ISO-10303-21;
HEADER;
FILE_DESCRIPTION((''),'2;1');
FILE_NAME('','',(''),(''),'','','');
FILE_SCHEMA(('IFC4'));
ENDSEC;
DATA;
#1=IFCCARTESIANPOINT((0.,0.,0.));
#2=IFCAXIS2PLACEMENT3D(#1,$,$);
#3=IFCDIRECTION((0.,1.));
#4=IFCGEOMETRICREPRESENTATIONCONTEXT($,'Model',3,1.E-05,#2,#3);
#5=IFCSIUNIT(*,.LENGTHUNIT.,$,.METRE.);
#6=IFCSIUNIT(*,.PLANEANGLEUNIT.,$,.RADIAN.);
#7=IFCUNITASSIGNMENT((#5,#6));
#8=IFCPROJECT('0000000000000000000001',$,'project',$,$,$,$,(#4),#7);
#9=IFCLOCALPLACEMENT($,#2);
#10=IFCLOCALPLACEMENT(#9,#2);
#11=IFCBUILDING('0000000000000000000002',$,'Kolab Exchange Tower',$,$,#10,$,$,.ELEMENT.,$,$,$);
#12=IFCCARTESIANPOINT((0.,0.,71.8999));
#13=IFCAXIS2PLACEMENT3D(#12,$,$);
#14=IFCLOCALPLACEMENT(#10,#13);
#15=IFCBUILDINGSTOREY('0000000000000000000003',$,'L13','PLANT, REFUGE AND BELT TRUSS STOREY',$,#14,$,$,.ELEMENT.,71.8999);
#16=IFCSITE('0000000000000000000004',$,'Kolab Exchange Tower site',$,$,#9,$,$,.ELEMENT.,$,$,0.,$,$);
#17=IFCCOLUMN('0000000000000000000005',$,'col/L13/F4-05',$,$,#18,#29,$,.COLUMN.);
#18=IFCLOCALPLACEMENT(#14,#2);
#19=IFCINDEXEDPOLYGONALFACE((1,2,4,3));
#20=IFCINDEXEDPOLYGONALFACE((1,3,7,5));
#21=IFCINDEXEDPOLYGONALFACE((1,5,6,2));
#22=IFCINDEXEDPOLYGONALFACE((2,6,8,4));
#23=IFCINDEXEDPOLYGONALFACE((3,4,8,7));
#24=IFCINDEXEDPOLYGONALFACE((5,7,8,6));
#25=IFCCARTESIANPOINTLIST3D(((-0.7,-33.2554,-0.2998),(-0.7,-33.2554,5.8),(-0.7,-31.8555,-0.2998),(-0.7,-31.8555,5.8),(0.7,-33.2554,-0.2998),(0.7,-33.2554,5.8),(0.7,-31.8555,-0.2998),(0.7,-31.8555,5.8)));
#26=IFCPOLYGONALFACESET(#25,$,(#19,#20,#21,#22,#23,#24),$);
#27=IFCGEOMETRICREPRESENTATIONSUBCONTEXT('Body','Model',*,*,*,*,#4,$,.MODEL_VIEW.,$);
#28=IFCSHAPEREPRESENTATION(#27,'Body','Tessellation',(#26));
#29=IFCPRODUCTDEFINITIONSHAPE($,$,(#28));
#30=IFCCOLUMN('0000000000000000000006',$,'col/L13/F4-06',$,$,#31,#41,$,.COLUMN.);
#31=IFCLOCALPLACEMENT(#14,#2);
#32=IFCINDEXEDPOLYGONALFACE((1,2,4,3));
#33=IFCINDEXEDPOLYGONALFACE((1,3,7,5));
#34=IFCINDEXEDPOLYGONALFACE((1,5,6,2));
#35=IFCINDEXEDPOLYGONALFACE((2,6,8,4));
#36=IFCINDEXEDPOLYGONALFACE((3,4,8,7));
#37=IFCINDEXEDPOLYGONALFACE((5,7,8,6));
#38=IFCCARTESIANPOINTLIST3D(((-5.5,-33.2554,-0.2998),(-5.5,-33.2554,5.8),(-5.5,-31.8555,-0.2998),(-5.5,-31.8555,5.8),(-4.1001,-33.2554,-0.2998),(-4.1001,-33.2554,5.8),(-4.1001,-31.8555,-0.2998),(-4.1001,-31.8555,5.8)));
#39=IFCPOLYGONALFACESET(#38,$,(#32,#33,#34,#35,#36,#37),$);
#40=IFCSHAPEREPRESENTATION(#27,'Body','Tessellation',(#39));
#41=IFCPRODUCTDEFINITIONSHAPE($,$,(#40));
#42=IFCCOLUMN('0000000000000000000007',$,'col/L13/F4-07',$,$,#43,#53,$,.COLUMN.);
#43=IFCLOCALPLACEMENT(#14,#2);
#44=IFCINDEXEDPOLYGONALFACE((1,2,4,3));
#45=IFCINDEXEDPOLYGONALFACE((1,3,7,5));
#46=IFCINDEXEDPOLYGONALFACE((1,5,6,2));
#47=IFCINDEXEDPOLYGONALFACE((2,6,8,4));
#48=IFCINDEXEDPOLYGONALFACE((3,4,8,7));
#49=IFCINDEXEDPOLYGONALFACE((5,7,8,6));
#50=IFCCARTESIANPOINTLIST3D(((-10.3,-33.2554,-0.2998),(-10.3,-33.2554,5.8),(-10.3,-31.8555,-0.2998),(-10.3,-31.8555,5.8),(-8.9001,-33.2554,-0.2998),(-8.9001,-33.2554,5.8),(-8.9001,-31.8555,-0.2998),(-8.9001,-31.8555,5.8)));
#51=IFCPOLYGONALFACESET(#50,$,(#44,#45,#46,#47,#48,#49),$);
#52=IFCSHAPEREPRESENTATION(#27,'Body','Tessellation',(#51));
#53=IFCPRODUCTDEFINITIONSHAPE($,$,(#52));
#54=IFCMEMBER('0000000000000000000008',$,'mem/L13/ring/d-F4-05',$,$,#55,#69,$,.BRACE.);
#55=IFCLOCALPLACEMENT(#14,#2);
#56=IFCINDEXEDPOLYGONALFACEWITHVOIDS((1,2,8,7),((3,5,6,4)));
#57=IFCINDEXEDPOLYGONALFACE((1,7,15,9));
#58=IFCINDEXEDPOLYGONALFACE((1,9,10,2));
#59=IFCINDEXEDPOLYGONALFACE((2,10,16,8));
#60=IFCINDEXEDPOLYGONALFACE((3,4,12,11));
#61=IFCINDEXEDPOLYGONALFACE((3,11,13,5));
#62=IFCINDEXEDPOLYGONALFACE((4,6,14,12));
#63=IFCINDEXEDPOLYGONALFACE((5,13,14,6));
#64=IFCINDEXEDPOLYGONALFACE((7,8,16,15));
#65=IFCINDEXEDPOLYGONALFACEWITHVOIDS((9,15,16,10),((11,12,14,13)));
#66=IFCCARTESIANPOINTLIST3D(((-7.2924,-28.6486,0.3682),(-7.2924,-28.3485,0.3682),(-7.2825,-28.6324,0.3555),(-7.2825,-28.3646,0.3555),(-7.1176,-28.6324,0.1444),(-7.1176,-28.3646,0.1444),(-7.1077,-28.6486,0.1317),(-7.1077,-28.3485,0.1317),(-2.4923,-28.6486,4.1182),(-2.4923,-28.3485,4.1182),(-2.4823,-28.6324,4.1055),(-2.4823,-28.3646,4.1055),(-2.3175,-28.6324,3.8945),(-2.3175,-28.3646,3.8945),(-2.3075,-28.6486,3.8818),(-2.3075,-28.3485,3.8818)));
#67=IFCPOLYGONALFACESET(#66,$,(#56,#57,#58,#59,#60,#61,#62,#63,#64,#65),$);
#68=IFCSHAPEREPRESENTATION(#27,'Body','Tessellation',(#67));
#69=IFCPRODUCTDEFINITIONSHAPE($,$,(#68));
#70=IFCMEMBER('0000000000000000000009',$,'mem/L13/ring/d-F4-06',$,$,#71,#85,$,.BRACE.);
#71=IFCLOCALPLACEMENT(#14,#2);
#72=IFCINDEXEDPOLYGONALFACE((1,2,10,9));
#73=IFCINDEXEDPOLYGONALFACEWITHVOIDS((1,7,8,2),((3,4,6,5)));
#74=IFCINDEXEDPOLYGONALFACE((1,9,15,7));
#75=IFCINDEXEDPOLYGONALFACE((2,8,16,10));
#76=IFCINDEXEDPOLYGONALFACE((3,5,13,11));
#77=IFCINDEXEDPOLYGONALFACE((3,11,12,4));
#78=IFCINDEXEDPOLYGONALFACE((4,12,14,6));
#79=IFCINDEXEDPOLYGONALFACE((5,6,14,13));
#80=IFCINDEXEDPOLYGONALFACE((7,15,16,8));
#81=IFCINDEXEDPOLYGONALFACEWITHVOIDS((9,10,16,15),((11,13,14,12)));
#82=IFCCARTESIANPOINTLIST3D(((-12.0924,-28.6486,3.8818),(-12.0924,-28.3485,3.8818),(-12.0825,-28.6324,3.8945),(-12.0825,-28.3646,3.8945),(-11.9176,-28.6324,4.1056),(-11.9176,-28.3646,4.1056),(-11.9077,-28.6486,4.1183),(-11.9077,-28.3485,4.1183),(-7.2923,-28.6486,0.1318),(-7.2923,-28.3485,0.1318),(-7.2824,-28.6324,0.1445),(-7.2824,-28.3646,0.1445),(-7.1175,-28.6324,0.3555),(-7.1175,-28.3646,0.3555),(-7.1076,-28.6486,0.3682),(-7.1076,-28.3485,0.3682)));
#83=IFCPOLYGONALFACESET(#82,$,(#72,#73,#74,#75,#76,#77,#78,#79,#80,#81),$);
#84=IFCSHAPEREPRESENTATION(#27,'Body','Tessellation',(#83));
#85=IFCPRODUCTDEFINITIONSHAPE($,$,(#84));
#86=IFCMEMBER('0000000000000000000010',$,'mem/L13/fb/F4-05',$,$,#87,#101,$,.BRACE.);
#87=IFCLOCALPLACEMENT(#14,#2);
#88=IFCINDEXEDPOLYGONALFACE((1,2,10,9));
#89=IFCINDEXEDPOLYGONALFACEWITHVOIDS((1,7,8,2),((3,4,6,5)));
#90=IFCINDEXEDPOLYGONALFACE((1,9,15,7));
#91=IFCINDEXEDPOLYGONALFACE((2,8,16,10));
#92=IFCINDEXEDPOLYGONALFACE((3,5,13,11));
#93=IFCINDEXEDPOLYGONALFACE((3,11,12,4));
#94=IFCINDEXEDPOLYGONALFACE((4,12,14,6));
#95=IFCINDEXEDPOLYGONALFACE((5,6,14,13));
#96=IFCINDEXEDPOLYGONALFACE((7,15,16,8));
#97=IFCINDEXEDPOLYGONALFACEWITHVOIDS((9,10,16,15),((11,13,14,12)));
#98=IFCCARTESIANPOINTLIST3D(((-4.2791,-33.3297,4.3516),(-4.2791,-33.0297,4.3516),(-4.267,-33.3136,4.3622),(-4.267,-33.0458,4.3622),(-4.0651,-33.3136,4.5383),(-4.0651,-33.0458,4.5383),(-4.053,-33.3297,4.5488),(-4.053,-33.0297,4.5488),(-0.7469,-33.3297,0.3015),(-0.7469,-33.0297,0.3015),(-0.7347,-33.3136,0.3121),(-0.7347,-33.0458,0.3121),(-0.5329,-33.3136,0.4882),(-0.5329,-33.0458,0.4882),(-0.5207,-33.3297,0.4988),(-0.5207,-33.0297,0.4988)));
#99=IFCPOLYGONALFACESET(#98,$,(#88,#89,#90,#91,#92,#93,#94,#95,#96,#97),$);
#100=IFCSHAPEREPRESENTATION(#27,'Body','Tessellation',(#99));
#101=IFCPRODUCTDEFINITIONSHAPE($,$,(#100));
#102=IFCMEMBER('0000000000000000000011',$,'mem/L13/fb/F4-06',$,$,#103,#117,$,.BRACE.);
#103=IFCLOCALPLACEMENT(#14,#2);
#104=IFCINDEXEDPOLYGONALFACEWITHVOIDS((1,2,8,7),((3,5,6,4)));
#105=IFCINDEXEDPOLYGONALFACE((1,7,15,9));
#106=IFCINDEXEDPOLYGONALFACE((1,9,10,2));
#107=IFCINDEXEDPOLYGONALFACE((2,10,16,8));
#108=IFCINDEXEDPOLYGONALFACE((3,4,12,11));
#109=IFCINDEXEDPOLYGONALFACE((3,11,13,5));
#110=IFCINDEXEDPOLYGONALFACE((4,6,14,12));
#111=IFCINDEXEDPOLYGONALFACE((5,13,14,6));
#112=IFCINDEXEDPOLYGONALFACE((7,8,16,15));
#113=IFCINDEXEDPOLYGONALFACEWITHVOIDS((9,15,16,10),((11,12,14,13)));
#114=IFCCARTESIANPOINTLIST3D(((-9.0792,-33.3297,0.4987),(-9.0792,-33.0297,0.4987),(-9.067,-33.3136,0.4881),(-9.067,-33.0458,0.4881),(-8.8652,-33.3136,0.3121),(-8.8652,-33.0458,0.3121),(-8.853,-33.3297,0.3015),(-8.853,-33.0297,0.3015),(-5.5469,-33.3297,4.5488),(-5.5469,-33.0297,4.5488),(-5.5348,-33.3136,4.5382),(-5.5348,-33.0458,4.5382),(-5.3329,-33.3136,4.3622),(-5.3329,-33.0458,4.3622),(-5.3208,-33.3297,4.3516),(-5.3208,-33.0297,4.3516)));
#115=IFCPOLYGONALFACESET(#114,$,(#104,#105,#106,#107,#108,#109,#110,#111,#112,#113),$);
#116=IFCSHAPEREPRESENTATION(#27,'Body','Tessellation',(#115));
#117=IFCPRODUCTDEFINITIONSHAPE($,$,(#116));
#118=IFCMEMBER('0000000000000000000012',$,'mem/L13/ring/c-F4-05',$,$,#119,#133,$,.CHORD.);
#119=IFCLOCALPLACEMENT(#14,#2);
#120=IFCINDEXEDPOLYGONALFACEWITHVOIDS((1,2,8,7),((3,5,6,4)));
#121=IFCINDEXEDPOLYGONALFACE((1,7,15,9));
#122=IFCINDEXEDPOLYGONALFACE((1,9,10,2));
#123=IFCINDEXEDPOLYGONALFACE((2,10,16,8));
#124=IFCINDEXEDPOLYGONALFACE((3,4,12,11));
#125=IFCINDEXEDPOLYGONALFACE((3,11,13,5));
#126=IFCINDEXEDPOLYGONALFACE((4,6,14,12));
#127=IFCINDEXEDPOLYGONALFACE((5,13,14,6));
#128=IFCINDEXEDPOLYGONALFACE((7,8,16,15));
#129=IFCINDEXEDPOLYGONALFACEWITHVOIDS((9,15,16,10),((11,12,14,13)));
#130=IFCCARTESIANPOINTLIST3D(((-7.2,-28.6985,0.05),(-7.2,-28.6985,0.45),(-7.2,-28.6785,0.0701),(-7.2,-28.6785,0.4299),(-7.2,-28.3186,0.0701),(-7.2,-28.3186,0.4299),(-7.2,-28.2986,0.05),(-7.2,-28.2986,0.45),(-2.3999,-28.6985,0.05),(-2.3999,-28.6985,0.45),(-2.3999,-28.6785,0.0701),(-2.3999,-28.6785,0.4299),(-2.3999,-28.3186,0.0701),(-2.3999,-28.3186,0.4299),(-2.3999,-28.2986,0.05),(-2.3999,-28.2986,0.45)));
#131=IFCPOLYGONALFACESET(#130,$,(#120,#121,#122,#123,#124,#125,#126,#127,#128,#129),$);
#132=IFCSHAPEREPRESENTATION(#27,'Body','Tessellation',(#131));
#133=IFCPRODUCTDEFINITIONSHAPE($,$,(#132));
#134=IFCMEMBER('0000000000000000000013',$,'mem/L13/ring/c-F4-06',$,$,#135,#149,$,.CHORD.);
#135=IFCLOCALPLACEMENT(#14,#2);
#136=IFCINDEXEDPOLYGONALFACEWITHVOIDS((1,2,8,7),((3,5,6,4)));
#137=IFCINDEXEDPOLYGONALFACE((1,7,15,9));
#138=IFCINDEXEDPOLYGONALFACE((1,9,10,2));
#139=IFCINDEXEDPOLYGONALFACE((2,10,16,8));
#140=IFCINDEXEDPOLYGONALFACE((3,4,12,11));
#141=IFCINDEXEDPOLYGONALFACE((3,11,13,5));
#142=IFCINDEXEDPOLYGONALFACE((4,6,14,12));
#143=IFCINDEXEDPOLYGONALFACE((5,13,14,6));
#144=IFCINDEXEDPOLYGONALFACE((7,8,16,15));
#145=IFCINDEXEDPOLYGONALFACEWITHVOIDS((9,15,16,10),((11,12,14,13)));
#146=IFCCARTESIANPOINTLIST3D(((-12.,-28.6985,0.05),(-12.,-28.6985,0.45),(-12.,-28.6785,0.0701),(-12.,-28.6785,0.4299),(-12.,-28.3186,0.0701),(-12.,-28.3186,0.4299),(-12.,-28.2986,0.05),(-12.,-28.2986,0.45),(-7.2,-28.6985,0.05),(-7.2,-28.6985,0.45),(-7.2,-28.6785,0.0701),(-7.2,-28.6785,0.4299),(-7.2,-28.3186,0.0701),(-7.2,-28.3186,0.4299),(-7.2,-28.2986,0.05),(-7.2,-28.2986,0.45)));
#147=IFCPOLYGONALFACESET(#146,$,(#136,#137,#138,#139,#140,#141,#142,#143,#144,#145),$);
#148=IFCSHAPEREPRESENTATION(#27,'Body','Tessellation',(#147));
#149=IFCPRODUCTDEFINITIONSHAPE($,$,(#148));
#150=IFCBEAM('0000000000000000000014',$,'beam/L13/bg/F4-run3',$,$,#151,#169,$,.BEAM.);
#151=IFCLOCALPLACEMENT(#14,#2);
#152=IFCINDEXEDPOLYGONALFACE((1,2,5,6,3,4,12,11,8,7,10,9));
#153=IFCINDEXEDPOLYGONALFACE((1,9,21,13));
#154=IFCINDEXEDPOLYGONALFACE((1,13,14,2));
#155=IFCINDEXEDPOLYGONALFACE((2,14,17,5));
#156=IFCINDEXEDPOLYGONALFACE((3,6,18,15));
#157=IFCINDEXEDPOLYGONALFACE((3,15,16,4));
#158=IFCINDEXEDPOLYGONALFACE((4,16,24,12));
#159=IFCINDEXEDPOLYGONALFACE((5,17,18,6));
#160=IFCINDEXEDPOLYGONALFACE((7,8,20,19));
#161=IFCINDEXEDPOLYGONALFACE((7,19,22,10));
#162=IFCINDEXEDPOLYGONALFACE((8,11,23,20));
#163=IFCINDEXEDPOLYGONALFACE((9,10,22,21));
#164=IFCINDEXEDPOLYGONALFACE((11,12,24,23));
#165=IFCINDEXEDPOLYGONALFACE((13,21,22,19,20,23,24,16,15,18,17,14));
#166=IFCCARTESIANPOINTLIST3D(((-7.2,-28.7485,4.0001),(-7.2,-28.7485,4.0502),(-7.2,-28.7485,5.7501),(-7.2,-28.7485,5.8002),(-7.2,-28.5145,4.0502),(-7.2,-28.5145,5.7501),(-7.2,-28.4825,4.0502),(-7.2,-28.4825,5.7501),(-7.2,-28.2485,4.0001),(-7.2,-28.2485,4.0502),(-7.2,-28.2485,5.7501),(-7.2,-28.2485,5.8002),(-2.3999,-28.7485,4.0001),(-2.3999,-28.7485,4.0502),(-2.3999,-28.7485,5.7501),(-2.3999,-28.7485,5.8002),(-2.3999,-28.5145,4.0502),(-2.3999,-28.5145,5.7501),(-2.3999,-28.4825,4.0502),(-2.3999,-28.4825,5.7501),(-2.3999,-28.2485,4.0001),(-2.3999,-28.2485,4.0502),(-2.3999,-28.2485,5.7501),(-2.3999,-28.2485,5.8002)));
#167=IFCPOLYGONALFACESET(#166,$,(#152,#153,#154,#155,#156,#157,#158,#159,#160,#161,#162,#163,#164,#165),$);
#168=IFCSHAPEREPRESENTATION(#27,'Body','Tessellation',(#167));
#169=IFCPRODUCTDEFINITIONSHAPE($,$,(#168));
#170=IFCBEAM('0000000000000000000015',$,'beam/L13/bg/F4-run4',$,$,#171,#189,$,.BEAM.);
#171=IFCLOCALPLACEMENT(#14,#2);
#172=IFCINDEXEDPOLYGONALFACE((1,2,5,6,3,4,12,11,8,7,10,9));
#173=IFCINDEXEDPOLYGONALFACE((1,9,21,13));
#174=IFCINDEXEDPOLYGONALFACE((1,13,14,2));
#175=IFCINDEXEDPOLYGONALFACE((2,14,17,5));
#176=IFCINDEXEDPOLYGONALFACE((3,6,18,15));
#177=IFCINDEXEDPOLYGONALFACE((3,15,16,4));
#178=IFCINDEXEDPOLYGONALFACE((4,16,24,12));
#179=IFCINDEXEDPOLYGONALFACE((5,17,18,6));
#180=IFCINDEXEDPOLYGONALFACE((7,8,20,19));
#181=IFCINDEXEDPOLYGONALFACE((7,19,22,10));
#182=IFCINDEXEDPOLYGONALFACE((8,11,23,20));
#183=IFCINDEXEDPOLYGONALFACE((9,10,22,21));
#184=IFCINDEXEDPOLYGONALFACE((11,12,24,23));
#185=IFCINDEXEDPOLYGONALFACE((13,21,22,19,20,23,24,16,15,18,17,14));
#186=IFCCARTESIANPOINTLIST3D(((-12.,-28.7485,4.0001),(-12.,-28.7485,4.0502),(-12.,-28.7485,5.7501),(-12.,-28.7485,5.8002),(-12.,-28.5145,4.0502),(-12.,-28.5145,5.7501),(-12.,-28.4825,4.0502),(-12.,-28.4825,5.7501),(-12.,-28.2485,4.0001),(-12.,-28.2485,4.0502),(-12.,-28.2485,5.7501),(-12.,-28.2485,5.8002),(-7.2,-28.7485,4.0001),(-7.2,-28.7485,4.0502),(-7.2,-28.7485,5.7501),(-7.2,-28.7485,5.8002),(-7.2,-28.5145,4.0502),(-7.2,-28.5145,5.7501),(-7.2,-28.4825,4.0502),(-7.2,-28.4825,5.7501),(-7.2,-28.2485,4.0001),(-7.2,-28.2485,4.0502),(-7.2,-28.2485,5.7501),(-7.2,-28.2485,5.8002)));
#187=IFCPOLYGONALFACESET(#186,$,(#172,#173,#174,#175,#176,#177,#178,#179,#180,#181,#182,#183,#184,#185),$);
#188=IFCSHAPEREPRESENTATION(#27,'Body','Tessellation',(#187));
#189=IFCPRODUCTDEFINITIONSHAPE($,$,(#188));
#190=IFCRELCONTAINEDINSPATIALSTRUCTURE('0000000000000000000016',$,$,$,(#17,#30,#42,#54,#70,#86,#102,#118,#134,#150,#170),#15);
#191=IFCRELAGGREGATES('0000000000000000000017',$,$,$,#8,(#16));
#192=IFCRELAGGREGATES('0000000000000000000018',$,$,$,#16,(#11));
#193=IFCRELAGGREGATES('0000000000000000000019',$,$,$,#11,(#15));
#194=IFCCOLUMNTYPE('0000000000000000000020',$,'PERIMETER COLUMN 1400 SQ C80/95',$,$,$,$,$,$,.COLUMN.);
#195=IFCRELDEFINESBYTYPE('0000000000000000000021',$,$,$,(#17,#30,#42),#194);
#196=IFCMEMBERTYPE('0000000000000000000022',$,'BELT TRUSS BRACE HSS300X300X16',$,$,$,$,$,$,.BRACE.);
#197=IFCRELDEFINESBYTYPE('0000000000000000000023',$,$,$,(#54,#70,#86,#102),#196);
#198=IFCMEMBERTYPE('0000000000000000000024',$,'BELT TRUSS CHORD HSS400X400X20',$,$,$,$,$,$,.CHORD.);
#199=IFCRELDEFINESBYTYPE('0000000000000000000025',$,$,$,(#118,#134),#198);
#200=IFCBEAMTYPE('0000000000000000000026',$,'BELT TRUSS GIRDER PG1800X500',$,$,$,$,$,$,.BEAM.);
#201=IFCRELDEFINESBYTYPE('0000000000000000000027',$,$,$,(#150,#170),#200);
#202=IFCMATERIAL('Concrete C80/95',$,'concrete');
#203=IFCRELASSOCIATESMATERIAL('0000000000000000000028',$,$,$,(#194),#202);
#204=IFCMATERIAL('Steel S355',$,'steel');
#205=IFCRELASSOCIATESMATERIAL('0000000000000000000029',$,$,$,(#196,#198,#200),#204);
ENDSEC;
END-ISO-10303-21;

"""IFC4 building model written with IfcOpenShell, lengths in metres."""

from ifc_helpers import new_model, si_unit, direction, frame, origin, origin_2d, place, context, subcontext, project, spatial, rectangle, hollow_rectangle, i_section, extrude, material, material_profile, profile_set, type_object, element, save


model = new_model("IFC4")

# Units and contexts
model_context = context("Model", 3, precision=1e-05, world=origin(), true_north=direction((0.0, 1.0)))
body_context = subcontext(model_context, "Body", "Model", "MODEL_VIEW")
ifc_project = project(units=[si_unit("LENGTHUNIT", "METRE"), si_unit("PLANEANGLEUNIT", "RADIAN")], contexts=[model_context])

# Site, building, storey
site_placement = place(None, origin())
site = spatial("IfcSite", under=ifc_project, at=site_placement, Name="Kolab Exchange Tower site", CompositionType="ELEMENT", RefElevation=0.0)
building_placement = place(site_placement, origin())
building = spatial("IfcBuilding", under=site, at=building_placement, Name="Kolab Exchange Tower", CompositionType="ELEMENT")
storey_placement = place(building_placement, frame((0.0, 0.0, 71.8999)))
storey = spatial("IfcBuildingStorey", under=building, at=storey_placement, Name="L13", Description="PLANT, REFUGE AND BELT TRUSS STOREY", CompositionType="ELEMENT", Elevation=71.8999)

# Columns
ifc_material_1 = material(Name="Concrete C80/95", Category="concrete")
ifc_material_profile_1 = material_profile(ifc_material_1, rectangle(XDim=1.3999, YDim=1.3999, at=origin_2d()), Name="RC1400")
ifc_profile_set_1 = profile_set([ifc_material_profile_1], Name="Concrete C80/95")
column_type = type_object("IfcColumnType", Name="PERIMETER COLUMN 1400 SQ C80/95", PredefinedType="COLUMN", material=ifc_profile_set_1)
for number, where, z_axis, x_axis, name in (
    (1, (0.0, -32.5554, -0.2998), (0.0, 0.0, 1.0), (1.0, 0.0, 0.0), "col/L13/F4-05"),
    (2, (-4.8, -32.5554, -0.2998), (0.0, 0.0, 1.0), (1.0, 0.0, 0.0), "col/L13/F4-06"),
    (3, (-9.6001, -32.5554, -0.2998), (0.0, 0.0, 1.0), (1.0, 0.0, 0.0), "col/L13/F4-07"),
):
    element("IfcColumn", number, at=place(storey_placement, frame(where, z_axis=z_axis, x_axis=x_axis)), inside=storey, type_object=column_type, Name=name, PredefinedType="COLUMN", context=body_context, shape_type="SweptSolid", body=[
        extrude(rectangle(XDim=1.3999, YDim=1.3999, at=origin_2d()), origin(), (0.0, 0.0, 1.0), 6.0999),
    ])

# Members
ifc_material_2 = material(Name="Steel S355", Category="steel")
ifc_material_profile_2 = material_profile(ifc_material_2, hollow_rectangle(XDim=0.3, YDim=0.3, WallThickness=0.0161, at=origin_2d()), Name="HSS300X300X16")
ifc_profile_set_2 = profile_set([ifc_material_profile_2], Name="Steel S355")
member_type_1 = type_object("IfcMemberType", Name="BELT TRUSS BRACE HSS300X300X16", PredefinedType="BRACE", material=ifc_profile_set_2)
for number, where, z_axis, x_axis, name in (
    (4, (-2.3999, -28.4985, 4.0), (-0.788027, 0.0, -0.61564), (0.0, -1.0, 0.0), "mem/L13/ring/d-F4-05"),
    (5, (-7.2, -28.4985, 0.25), (-0.788027, 0.0, 0.61564), (0.0, -1.0, 0.0), "mem/L13/ring/d-F4-06"),
):
    element("IfcMember", number, at=place(storey_placement, frame(where, z_axis=z_axis, x_axis=x_axis)), inside=storey, type_object=member_type_1, Name=name, PredefinedType="BRACE", context=body_context, shape_type="SweptSolid", body=[
        extrude(hollow_rectangle(XDim=0.3, YDim=0.3, WallThickness=0.0161, at=origin_2d()), origin(), (0.0, 0.0, 1.0), 6.0913),
    ])
for number, where, z_axis, x_axis, name in (
    (6, (-0.6338, -33.1797, 0.4001), (-0.657285, 0.0, 0.753642), (0.0, -1.0, 0.0), "mem/L13/fb/F4-05"),
    (7, (-5.4338, -33.1797, 4.4502), (-0.657285, 0.0, -0.753642), (0.0, -1.0, 0.0), "mem/L13/fb/F4-06"),
):
    element("IfcMember", number, at=place(storey_placement, frame(where, z_axis=z_axis, x_axis=x_axis)), inside=storey, type_object=member_type_1, Name=name, PredefinedType="BRACE", context=body_context, shape_type="SweptSolid", body=[
        extrude(hollow_rectangle(XDim=0.3, YDim=0.3, WallThickness=0.0161, at=origin_2d()), origin(), (0.0, 0.0, 1.0), 5.374),
    ])
ifc_material_profile_3 = material_profile(ifc_material_2, hollow_rectangle(XDim=0.3999, YDim=0.3999, WallThickness=0.02, at=origin_2d()), Name="HSS400X400X20")
ifc_profile_set_3 = profile_set([ifc_material_profile_3], Name="Steel S355")
member_type_2 = type_object("IfcMemberType", Name="BELT TRUSS CHORD HSS400X400X20", PredefinedType="CHORD", material=ifc_profile_set_3)
for number, where, z_axis, x_axis, name in (
    (8, (-2.3999, -28.4985, 0.25), (-1.0, 0.0, 0.0), (0.0, -1.0, 0.0), "mem/L13/ring/c-F4-05"),
    (9, (-7.2, -28.4985, 0.25), (-1.0, 0.0, 0.0), (0.0, -1.0, 0.0), "mem/L13/ring/c-F4-06"),
):
    element("IfcMember", number, at=place(storey_placement, frame(where, z_axis=z_axis, x_axis=x_axis)), inside=storey, type_object=member_type_2, Name=name, PredefinedType="CHORD", context=body_context, shape_type="SweptSolid", body=[
        extrude(hollow_rectangle(XDim=0.3999, YDim=0.3999, WallThickness=0.02, at=origin_2d()), origin(), (0.0, 0.0, 1.0), 4.8),
    ])

# Beams
ifc_material_profile_4 = material_profile(ifc_material_2, i_section(OverallWidth=0.5, OverallDepth=1.8, WebThickness=0.032, FlangeThickness=0.05, at=origin_2d()), Name="PG1800X500")
ifc_profile_set_4 = profile_set([ifc_material_profile_4], Name="Steel S355")
beam_type_1 = type_object("IfcBeamType", Name="BELT TRUSS GIRDER PG1800X500", PredefinedType="BEAM", material=ifc_profile_set_4)
for number, where, z_axis, x_axis, name in (
    (10, (-2.3999, -28.4985, 4.9001), (-1.0, 0.0, 0.0), (0.0, -1.0, 0.0), "beam/L13/bg/F4-run3"),
    (11, (-7.2, -28.4985, 4.9001), (-1.0, 0.0, 0.0), (0.0, -1.0, 0.0), "beam/L13/bg/F4-run4"),
):
    element("IfcBeam", number, at=place(storey_placement, frame(where, z_axis=z_axis, x_axis=x_axis)), inside=storey, type_object=beam_type_1, Name=name, PredefinedType="BEAM", context=body_context, shape_type="SweptSolid", body=[
        extrude(i_section(OverallWidth=0.5, OverallDepth=1.8, WebThickness=0.032, FlangeThickness=0.05, at=origin_2d()), origin(), (0.0, 0.0, 1.0), 4.8),
    ])

save(model, "model.ifc")
